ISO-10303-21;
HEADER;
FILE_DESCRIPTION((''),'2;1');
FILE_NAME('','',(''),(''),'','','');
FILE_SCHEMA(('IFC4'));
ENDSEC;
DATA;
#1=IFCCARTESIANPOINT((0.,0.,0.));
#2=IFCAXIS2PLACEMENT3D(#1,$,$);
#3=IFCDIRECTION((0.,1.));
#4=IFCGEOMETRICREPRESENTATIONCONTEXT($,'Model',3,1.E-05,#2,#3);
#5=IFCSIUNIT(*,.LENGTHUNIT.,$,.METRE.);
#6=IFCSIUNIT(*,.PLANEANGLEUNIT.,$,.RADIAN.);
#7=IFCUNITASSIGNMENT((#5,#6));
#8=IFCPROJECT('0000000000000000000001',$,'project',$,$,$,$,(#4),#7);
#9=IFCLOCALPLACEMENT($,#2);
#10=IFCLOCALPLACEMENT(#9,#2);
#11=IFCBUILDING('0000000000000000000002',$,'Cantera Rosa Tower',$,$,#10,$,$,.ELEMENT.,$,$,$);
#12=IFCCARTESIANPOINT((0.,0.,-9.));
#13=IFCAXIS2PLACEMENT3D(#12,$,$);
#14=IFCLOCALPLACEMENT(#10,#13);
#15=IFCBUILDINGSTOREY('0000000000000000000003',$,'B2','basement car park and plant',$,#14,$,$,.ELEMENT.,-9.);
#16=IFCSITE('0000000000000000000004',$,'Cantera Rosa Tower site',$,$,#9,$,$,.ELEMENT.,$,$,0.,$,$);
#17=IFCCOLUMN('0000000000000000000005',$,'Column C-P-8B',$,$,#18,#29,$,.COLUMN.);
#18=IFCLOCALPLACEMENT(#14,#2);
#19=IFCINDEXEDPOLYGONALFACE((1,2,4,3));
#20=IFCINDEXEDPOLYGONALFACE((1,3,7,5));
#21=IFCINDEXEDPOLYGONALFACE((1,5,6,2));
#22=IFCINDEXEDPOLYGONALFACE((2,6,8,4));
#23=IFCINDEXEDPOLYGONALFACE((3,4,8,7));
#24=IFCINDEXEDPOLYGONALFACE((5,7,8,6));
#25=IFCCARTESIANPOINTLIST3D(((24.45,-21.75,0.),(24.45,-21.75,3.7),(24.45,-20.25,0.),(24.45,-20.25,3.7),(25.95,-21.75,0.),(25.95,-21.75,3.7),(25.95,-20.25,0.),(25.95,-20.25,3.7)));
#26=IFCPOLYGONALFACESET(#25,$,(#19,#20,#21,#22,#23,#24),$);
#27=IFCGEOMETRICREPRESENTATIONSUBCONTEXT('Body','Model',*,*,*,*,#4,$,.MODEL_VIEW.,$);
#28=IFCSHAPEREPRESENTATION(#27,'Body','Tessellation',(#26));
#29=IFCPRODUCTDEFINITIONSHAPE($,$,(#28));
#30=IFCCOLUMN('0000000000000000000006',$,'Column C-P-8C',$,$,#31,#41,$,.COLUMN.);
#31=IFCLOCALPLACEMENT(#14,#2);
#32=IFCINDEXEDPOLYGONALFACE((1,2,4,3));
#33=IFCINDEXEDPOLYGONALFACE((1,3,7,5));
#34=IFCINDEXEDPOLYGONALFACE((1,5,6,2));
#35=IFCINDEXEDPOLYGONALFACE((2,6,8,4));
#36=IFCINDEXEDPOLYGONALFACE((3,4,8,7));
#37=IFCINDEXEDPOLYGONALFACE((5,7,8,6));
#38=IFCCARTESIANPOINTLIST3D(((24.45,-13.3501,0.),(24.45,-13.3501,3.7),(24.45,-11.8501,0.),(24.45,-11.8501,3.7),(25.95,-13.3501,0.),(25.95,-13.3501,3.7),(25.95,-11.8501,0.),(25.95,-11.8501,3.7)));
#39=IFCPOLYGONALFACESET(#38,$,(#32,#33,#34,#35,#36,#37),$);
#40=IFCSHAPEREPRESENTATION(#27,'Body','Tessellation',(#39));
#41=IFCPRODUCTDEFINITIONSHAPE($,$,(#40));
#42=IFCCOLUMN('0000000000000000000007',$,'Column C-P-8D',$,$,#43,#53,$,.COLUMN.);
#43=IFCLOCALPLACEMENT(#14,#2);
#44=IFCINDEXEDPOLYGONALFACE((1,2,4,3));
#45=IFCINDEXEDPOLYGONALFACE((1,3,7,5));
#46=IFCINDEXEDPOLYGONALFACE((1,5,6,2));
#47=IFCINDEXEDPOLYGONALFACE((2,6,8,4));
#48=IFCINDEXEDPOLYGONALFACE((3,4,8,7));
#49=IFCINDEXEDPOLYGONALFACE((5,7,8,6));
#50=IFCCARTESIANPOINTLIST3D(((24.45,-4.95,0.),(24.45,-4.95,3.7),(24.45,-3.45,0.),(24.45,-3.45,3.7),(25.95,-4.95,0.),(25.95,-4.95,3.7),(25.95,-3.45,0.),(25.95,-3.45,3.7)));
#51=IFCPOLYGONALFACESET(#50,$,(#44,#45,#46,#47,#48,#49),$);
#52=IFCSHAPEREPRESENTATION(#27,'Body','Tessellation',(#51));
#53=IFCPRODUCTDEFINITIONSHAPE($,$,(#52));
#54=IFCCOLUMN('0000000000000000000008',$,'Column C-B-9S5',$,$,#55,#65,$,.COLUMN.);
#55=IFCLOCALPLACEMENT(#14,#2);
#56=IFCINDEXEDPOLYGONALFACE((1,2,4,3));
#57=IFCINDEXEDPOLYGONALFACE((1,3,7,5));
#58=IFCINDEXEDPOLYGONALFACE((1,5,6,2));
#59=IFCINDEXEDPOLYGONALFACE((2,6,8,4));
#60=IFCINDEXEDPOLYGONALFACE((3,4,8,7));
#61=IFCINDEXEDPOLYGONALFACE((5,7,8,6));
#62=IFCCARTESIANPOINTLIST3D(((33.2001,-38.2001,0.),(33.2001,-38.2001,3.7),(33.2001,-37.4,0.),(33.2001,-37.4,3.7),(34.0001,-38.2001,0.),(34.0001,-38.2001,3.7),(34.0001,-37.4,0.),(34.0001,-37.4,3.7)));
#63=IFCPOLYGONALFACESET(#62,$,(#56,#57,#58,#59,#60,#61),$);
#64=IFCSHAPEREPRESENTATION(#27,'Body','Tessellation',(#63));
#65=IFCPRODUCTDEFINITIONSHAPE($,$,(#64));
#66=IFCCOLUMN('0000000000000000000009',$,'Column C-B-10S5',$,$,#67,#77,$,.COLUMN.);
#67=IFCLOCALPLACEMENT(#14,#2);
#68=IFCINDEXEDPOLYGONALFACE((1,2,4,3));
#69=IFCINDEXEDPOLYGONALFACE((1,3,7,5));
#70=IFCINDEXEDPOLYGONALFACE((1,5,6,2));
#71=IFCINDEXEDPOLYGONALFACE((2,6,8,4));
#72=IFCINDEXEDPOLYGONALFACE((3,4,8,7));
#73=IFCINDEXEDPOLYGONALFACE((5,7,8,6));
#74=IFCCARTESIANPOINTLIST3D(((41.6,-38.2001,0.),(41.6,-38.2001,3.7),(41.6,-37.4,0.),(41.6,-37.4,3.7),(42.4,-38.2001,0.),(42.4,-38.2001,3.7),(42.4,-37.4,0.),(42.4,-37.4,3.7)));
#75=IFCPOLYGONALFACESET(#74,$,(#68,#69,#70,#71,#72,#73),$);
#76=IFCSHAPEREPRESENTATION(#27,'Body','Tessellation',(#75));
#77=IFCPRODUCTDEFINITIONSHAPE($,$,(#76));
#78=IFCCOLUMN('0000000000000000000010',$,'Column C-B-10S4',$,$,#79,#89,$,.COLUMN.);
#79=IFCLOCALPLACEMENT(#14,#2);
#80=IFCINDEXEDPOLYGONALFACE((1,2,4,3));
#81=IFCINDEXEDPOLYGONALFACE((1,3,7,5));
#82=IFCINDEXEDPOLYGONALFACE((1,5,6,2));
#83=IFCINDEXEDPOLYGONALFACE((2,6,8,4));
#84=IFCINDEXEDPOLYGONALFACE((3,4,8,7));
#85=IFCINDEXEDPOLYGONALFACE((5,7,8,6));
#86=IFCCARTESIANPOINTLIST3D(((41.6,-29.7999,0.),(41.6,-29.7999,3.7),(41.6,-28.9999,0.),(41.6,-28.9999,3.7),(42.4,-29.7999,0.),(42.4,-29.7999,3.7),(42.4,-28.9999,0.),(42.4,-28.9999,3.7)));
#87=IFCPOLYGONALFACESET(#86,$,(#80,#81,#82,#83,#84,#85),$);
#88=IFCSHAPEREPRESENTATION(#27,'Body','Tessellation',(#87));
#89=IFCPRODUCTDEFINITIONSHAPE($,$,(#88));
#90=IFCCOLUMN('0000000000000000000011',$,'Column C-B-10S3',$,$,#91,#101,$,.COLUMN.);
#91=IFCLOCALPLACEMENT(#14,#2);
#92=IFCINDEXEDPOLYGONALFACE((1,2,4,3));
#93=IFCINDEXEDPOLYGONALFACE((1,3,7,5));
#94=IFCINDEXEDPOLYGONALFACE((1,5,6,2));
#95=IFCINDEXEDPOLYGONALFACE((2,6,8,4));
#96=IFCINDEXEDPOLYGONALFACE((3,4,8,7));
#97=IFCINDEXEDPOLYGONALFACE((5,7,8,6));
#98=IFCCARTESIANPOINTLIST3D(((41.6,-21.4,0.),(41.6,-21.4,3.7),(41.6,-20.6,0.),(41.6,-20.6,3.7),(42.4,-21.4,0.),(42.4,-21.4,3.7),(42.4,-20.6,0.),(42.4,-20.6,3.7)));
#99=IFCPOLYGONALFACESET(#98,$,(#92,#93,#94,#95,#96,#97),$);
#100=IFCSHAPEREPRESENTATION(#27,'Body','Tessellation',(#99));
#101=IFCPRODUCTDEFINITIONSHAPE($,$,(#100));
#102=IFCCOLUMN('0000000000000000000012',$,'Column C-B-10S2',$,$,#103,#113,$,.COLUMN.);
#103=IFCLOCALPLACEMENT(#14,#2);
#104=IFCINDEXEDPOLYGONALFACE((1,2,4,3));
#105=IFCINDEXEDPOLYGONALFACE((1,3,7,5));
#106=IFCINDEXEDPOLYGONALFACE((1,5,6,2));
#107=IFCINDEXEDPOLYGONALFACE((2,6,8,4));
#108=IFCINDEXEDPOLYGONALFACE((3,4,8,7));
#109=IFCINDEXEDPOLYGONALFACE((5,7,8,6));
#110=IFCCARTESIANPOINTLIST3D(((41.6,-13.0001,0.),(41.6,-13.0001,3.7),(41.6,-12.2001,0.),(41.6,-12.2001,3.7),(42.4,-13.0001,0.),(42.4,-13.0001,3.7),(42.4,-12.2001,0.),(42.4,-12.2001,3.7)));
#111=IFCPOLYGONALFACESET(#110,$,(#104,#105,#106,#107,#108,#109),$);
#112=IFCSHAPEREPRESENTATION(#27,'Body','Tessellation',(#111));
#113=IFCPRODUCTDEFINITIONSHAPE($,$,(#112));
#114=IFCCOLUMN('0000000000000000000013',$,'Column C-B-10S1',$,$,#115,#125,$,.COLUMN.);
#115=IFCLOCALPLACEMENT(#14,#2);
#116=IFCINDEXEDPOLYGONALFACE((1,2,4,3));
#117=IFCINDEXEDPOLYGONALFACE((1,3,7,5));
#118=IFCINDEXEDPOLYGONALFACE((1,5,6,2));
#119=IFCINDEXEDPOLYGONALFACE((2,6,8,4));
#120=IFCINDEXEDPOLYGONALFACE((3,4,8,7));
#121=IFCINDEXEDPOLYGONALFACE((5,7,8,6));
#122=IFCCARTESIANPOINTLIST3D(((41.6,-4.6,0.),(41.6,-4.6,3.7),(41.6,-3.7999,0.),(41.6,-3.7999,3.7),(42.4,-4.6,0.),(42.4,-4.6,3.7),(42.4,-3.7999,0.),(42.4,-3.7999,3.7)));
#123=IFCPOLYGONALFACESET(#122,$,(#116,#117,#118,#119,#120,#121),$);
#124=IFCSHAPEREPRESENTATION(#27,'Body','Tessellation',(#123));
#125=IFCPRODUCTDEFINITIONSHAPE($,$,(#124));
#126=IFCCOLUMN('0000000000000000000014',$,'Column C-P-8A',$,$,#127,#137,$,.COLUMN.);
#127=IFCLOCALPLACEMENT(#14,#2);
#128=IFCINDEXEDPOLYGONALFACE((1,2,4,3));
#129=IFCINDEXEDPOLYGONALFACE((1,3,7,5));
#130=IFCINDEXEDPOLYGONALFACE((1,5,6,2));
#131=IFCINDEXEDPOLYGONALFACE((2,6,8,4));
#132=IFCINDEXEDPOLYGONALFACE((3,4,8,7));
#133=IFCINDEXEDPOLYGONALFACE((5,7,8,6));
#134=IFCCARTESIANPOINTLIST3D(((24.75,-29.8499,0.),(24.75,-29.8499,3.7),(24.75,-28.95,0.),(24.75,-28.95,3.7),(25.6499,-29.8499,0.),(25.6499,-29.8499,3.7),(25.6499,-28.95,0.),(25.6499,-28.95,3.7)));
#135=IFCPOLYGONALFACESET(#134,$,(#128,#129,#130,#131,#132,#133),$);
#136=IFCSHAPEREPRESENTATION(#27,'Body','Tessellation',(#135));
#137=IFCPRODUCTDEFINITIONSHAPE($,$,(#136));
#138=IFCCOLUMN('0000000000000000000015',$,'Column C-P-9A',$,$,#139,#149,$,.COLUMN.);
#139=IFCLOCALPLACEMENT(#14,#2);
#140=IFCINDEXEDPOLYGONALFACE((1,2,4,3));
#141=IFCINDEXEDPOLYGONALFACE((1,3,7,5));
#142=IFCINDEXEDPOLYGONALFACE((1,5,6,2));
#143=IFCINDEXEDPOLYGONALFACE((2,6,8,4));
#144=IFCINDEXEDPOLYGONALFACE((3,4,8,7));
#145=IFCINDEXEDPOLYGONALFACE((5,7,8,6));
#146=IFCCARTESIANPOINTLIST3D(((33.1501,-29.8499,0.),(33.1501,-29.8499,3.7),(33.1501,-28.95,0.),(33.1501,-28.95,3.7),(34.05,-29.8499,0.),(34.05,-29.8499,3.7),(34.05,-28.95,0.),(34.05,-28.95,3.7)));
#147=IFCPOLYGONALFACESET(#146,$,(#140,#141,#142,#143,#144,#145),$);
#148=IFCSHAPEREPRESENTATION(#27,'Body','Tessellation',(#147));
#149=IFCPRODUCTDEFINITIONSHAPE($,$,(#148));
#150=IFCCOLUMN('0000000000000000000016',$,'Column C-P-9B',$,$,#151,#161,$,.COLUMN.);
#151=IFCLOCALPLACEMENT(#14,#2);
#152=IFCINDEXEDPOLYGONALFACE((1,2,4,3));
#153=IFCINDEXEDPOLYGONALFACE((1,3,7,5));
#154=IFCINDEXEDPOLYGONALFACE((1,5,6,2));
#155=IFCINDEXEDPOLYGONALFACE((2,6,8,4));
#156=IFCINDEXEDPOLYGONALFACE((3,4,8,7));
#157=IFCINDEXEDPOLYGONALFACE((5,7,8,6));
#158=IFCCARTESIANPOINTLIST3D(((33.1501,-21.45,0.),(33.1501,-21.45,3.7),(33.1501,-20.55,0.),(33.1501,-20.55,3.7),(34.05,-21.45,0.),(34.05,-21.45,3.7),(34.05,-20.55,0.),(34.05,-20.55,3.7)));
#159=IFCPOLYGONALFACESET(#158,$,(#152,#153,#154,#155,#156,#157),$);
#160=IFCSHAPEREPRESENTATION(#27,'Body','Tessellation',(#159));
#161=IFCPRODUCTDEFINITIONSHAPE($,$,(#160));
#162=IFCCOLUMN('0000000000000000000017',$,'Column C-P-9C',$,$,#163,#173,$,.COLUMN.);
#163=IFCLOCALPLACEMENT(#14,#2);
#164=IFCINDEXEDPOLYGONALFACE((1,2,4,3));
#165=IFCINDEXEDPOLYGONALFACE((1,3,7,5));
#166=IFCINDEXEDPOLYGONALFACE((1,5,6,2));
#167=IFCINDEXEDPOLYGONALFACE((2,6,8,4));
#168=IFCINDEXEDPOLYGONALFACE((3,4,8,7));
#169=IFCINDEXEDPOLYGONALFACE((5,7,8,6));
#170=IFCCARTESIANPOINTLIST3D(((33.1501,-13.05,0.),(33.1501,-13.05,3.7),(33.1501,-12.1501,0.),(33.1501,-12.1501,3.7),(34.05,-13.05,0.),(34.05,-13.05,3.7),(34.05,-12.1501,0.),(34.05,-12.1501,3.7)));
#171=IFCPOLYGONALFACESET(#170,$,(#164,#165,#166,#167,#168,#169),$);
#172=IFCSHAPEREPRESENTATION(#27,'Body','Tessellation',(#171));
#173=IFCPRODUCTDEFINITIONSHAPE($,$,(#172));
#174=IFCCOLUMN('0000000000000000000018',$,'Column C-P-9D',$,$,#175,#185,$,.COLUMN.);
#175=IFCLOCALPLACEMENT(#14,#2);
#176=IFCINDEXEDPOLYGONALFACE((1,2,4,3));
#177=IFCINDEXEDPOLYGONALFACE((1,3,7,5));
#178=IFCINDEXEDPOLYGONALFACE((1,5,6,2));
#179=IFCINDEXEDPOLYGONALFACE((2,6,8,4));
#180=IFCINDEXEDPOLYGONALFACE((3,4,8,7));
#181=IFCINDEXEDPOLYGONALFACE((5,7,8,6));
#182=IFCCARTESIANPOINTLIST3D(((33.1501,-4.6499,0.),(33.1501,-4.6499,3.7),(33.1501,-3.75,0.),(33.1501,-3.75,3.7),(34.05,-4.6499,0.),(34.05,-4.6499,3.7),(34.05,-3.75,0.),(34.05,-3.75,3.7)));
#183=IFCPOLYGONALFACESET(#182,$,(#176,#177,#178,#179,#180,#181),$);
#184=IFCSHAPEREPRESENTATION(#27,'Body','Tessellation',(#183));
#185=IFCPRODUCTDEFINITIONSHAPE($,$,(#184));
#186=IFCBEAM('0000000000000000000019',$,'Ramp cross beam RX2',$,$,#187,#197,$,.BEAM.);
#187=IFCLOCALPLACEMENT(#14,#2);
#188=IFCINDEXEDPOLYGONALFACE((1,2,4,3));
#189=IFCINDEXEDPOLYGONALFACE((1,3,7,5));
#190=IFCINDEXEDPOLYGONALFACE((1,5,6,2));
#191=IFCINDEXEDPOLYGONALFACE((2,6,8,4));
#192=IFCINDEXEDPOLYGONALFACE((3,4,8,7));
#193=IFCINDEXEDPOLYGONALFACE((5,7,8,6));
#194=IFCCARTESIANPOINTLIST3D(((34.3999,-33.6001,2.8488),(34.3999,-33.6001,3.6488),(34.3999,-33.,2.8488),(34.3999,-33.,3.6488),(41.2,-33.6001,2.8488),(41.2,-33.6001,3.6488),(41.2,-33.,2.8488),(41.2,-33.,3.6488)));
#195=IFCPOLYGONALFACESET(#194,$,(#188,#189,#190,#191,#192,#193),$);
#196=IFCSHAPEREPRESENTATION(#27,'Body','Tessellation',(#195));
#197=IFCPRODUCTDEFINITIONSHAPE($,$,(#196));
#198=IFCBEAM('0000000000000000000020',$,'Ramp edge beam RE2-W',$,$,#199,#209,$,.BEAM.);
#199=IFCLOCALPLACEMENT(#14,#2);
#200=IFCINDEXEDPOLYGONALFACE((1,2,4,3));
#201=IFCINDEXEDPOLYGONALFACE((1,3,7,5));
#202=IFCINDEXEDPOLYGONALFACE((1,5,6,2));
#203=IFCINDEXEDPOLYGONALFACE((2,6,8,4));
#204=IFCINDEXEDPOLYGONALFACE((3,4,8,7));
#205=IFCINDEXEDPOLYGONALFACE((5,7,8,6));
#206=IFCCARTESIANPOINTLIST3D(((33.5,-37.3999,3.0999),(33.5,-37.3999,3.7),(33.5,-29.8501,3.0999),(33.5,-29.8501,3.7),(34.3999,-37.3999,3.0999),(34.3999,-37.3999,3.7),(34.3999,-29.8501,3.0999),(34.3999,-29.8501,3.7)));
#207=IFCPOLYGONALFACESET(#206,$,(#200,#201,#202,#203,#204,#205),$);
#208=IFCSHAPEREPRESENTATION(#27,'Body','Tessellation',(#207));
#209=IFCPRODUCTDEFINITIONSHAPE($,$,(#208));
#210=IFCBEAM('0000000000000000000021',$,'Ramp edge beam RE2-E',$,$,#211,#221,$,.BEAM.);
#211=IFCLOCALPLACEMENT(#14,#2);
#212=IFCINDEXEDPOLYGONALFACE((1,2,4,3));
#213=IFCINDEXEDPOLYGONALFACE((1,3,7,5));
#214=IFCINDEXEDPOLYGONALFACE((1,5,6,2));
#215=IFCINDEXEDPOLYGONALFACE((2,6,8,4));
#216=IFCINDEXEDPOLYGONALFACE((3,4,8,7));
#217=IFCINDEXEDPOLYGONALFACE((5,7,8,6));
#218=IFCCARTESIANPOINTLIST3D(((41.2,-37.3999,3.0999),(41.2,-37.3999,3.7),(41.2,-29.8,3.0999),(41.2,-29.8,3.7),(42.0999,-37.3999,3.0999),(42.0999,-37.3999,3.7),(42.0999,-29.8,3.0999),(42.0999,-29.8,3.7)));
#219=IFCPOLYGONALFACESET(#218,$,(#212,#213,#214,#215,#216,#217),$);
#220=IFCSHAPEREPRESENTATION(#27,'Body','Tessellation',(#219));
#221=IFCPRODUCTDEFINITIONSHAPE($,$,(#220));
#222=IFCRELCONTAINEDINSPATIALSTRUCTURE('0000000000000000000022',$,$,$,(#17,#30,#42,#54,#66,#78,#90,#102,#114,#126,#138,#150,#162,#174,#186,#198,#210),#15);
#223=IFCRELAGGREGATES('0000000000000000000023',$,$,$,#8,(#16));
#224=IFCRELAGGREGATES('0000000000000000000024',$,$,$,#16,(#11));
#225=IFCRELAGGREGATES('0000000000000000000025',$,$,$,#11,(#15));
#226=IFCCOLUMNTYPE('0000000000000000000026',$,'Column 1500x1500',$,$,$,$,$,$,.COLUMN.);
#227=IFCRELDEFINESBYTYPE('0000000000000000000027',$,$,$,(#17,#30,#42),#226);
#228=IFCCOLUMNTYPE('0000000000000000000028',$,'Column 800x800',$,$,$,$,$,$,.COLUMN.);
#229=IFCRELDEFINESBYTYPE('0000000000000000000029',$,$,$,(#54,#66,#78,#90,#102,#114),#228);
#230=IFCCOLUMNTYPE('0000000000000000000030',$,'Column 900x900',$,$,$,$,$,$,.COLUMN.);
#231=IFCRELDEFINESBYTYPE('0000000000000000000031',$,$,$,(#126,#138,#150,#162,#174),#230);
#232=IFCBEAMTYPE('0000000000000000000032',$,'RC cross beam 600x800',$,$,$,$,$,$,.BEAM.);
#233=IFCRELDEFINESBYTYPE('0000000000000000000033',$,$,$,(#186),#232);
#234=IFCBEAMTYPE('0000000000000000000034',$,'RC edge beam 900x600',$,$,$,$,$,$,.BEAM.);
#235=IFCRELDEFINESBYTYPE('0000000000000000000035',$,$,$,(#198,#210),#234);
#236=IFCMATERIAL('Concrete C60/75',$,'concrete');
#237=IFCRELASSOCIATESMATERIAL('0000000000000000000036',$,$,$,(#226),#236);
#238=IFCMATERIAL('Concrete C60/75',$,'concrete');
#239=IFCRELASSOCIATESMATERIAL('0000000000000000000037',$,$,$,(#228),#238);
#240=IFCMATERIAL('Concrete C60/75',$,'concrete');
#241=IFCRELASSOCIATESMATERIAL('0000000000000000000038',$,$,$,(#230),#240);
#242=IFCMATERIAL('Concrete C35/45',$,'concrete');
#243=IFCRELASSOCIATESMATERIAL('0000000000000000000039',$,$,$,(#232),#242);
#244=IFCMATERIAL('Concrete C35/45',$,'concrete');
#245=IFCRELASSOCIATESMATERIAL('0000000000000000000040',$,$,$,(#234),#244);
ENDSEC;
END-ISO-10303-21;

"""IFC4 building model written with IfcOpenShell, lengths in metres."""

from ifc_helpers import new_model, si_unit, direction, frame, origin, origin_2d, place, context, subcontext, project, spatial, rectangle, extrude, material, material_profile, profile_set, type_object, element, save


model = new_model("IFC4")

# Units and contexts
model_context = context("Model", 3, precision=1e-05, world=origin(), true_north=direction((0.0, 1.0)))
body_context = subcontext(model_context, "Body", "Model", "MODEL_VIEW")
ifc_project = project(units=[si_unit("LENGTHUNIT", "METRE"), si_unit("PLANEANGLEUNIT", "RADIAN")], contexts=[model_context])

# Site, building, storey
site_placement = place(None, origin())
site = spatial("IfcSite", under=ifc_project, at=site_placement, Name="Cantera Rosa Tower site", CompositionType="ELEMENT", RefElevation=0.0)
building_placement = place(site_placement, origin())
building = spatial("IfcBuilding", under=site, at=building_placement, Name="Cantera Rosa Tower", CompositionType="ELEMENT")
storey_placement = place(building_placement, frame((0.0, 0.0, -9.0)))
storey = spatial("IfcBuildingStorey", under=building, at=storey_placement, Name="B2", Description="basement car park and plant", CompositionType="ELEMENT", Elevation=-9.0)

# Columns
ifc_material_1 = material(Name="Concrete C60/75", Category="concrete")
ifc_material_profile_1 = material_profile(ifc_material_1, rectangle(XDim=1.5, YDim=1.5, at=origin_2d()), Name="Column 1500x1500")
ifc_profile_set_1 = profile_set([ifc_material_profile_1], Name="Concrete C60/75")
column_type_1 = type_object("IfcColumnType", Name="Column 1500x1500", PredefinedType="COLUMN", material=ifc_profile_set_1)
for number, where, z_axis, x_axis, name in (
    (1, (25.2, -21.0, 0.0), (0.0, 0.0, 1.0), (1.0, 0.0, 0.0), "Column C-P-8B"),
    (2, (25.2, -12.6001, 0.0), (0.0, 0.0, 1.0), (1.0, 0.0, 0.0), "Column C-P-8C"),
    (3, (25.2, -4.2, 0.0), (0.0, 0.0, 1.0), (1.0, 0.0, 0.0), "Column C-P-8D"),
):
    element("IfcColumn", number, at=place(storey_placement, frame(where, z_axis=z_axis, x_axis=x_axis)), inside=storey, type_object=column_type_1, Name=name, PredefinedType="COLUMN", context=body_context, shape_type="SweptSolid", body=[
        extrude(rectangle(XDim=1.5, YDim=1.5, at=origin_2d()), origin(), (0.0, 0.0, 1.0), 3.7),
    ])
ifc_material_2 = material(Name="Concrete C60/75", Category="concrete")
ifc_material_profile_2 = material_profile(ifc_material_2, rectangle(XDim=0.8, YDim=0.8, at=origin_2d()), Name="Column 800x800")
ifc_profile_set_2 = profile_set([ifc_material_profile_2], Name="Concrete C60/75")
column_type_2 = type_object("IfcColumnType", Name="Column 800x800", PredefinedType="COLUMN", material=ifc_profile_set_2)
for number, where, z_axis, x_axis, name in (
    (4, (33.6001, -37.8, 0.0), (0.0, 0.0, 1.0), (1.0, 0.0, 0.0), "Column C-B-9S5"),
    (5, (42.0, -37.8, 0.0), (0.0, 0.0, 1.0), (1.0, 0.0, 0.0), "Column C-B-10S5"),
    (6, (42.0, -29.3999, 0.0), (0.0, 0.0, 1.0), (1.0, 0.0, 0.0), "Column C-B-10S4"),
    (7, (42.0, -21.0, 0.0), (0.0, 0.0, 1.0), (1.0, 0.0, 0.0), "Column C-B-10S3"),
    (8, (42.0, -12.6001, 0.0), (0.0, 0.0, 1.0), (1.0, 0.0, 0.0), "Column C-B-10S2"),
    (9, (42.0, -4.2, 0.0), (0.0, 0.0, 1.0), (1.0, 0.0, 0.0), "Column C-B-10S1"),
):
    element("IfcColumn", number, at=place(storey_placement, frame(where, z_axis=z_axis, x_axis=x_axis)), inside=storey, type_object=column_type_2, Name=name, PredefinedType="COLUMN", context=body_context, shape_type="SweptSolid", body=[
        extrude(rectangle(XDim=0.8, YDim=0.8, at=origin_2d()), origin(), (0.0, 0.0, 1.0), 3.7),
    ])
ifc_material_3 = material(Name="Concrete C60/75", Category="concrete")
ifc_material_profile_3 = material_profile(ifc_material_3, rectangle(XDim=0.8999, YDim=0.8999, at=origin_2d()), Name="Column 900x900")
ifc_profile_set_3 = profile_set([ifc_material_profile_3], Name="Concrete C60/75")
column_type_3 = type_object("IfcColumnType", Name="Column 900x900", PredefinedType="COLUMN", material=ifc_profile_set_3)
for number, where, z_axis, x_axis, name in (
    (10, (25.2, -29.3999, 0.0), (0.0, 0.0, 1.0), (1.0, 0.0, 0.0), "Column C-P-8A"),
    (11, (33.6001, -29.3999, 0.0), (0.0, 0.0, 1.0), (1.0, 0.0, 0.0), "Column C-P-9A"),
    (12, (33.6001, -21.0, 0.0), (0.0, 0.0, 1.0), (1.0, 0.0, 0.0), "Column C-P-9B"),
    (13, (33.6001, -12.6001, 0.0), (0.0, 0.0, 1.0), (1.0, 0.0, 0.0), "Column C-P-9C"),
    (14, (33.6001, -4.2, 0.0), (0.0, 0.0, 1.0), (1.0, 0.0, 0.0), "Column C-P-9D"),
):
    element("IfcColumn", number, at=place(storey_placement, frame(where, z_axis=z_axis, x_axis=x_axis)), inside=storey, type_object=column_type_3, Name=name, PredefinedType="COLUMN", context=body_context, shape_type="SweptSolid", body=[
        extrude(rectangle(XDim=0.8999, YDim=0.8999, at=origin_2d()), origin(), (0.0, 0.0, 1.0), 3.7),
    ])

# Beams
ifc_material_4 = material(Name="Concrete C35/45", Category="concrete")
ifc_material_profile_4 = material_profile(ifc_material_4, rectangle(XDim=0.6001, YDim=0.8, at=origin_2d()), Name="RC cross beam 600x800")
ifc_profile_set_4 = profile_set([ifc_material_profile_4], Name="Concrete C35/45")
beam_type_1 = type_object("IfcBeamType", Name="RC cross beam 600x800", PredefinedType="BEAM", material=ifc_profile_set_4)
beam_1_placement = place(storey_placement, frame((34.3999, -33.3, 3.2488), z_axis=(1.0, 0.0, 0.0), x_axis=(0.0, 1.0, 0.0)))
element("IfcBeam", 15, at=beam_1_placement, inside=storey, type_object=beam_type_1, Name="Ramp cross beam RX2", PredefinedType="BEAM", context=body_context, shape_type="SweptSolid", body=[
    extrude(rectangle(XDim=0.6001, YDim=0.8, at=origin_2d()), origin(), (0.0, 0.0, 1.0), 6.8),
])
ifc_material_5 = material(Name="Concrete C35/45", Category="concrete")
ifc_material_profile_5 = material_profile(ifc_material_5, rectangle(XDim=0.8999, YDim=0.6001, at=origin_2d()), Name="RC edge beam 900x600")
ifc_profile_set_5 = profile_set([ifc_material_profile_5], Name="Concrete C35/45")
beam_type_2 = type_object("IfcBeamType", Name="RC edge beam 900x600", PredefinedType="BEAM", material=ifc_profile_set_5)
beam_2_placement = place(storey_placement, frame((33.95, -37.3999, 3.3999), z_axis=(0.0, 1.0, 0.0), x_axis=(-1.0, 0.0, 0.0)))
element("IfcBeam", 16, at=beam_2_placement, inside=storey, type_object=beam_type_2, Name="Ramp edge beam RE2-W", PredefinedType="BEAM", context=body_context, shape_type="SweptSolid", body=[
    extrude(rectangle(XDim=0.8999, YDim=0.6001, at=origin_2d()), origin(), (0.0, 0.0, 1.0), 7.5498),
])
beam_3_placement = place(storey_placement, frame((41.6499, -37.3999, 3.3999), z_axis=(0.0, 1.0, 0.0), x_axis=(-1.0, 0.0, 0.0)))
element("IfcBeam", 17, at=beam_3_placement, inside=storey, type_object=beam_type_2, Name="Ramp edge beam RE2-E", PredefinedType="BEAM", context=body_context, shape_type="SweptSolid", body=[
    extrude(rectangle(XDim=0.8999, YDim=0.6001, at=origin_2d()), origin(), (0.0, 0.0, 1.0), 7.5999),
])

save(model, "model.ifc")
